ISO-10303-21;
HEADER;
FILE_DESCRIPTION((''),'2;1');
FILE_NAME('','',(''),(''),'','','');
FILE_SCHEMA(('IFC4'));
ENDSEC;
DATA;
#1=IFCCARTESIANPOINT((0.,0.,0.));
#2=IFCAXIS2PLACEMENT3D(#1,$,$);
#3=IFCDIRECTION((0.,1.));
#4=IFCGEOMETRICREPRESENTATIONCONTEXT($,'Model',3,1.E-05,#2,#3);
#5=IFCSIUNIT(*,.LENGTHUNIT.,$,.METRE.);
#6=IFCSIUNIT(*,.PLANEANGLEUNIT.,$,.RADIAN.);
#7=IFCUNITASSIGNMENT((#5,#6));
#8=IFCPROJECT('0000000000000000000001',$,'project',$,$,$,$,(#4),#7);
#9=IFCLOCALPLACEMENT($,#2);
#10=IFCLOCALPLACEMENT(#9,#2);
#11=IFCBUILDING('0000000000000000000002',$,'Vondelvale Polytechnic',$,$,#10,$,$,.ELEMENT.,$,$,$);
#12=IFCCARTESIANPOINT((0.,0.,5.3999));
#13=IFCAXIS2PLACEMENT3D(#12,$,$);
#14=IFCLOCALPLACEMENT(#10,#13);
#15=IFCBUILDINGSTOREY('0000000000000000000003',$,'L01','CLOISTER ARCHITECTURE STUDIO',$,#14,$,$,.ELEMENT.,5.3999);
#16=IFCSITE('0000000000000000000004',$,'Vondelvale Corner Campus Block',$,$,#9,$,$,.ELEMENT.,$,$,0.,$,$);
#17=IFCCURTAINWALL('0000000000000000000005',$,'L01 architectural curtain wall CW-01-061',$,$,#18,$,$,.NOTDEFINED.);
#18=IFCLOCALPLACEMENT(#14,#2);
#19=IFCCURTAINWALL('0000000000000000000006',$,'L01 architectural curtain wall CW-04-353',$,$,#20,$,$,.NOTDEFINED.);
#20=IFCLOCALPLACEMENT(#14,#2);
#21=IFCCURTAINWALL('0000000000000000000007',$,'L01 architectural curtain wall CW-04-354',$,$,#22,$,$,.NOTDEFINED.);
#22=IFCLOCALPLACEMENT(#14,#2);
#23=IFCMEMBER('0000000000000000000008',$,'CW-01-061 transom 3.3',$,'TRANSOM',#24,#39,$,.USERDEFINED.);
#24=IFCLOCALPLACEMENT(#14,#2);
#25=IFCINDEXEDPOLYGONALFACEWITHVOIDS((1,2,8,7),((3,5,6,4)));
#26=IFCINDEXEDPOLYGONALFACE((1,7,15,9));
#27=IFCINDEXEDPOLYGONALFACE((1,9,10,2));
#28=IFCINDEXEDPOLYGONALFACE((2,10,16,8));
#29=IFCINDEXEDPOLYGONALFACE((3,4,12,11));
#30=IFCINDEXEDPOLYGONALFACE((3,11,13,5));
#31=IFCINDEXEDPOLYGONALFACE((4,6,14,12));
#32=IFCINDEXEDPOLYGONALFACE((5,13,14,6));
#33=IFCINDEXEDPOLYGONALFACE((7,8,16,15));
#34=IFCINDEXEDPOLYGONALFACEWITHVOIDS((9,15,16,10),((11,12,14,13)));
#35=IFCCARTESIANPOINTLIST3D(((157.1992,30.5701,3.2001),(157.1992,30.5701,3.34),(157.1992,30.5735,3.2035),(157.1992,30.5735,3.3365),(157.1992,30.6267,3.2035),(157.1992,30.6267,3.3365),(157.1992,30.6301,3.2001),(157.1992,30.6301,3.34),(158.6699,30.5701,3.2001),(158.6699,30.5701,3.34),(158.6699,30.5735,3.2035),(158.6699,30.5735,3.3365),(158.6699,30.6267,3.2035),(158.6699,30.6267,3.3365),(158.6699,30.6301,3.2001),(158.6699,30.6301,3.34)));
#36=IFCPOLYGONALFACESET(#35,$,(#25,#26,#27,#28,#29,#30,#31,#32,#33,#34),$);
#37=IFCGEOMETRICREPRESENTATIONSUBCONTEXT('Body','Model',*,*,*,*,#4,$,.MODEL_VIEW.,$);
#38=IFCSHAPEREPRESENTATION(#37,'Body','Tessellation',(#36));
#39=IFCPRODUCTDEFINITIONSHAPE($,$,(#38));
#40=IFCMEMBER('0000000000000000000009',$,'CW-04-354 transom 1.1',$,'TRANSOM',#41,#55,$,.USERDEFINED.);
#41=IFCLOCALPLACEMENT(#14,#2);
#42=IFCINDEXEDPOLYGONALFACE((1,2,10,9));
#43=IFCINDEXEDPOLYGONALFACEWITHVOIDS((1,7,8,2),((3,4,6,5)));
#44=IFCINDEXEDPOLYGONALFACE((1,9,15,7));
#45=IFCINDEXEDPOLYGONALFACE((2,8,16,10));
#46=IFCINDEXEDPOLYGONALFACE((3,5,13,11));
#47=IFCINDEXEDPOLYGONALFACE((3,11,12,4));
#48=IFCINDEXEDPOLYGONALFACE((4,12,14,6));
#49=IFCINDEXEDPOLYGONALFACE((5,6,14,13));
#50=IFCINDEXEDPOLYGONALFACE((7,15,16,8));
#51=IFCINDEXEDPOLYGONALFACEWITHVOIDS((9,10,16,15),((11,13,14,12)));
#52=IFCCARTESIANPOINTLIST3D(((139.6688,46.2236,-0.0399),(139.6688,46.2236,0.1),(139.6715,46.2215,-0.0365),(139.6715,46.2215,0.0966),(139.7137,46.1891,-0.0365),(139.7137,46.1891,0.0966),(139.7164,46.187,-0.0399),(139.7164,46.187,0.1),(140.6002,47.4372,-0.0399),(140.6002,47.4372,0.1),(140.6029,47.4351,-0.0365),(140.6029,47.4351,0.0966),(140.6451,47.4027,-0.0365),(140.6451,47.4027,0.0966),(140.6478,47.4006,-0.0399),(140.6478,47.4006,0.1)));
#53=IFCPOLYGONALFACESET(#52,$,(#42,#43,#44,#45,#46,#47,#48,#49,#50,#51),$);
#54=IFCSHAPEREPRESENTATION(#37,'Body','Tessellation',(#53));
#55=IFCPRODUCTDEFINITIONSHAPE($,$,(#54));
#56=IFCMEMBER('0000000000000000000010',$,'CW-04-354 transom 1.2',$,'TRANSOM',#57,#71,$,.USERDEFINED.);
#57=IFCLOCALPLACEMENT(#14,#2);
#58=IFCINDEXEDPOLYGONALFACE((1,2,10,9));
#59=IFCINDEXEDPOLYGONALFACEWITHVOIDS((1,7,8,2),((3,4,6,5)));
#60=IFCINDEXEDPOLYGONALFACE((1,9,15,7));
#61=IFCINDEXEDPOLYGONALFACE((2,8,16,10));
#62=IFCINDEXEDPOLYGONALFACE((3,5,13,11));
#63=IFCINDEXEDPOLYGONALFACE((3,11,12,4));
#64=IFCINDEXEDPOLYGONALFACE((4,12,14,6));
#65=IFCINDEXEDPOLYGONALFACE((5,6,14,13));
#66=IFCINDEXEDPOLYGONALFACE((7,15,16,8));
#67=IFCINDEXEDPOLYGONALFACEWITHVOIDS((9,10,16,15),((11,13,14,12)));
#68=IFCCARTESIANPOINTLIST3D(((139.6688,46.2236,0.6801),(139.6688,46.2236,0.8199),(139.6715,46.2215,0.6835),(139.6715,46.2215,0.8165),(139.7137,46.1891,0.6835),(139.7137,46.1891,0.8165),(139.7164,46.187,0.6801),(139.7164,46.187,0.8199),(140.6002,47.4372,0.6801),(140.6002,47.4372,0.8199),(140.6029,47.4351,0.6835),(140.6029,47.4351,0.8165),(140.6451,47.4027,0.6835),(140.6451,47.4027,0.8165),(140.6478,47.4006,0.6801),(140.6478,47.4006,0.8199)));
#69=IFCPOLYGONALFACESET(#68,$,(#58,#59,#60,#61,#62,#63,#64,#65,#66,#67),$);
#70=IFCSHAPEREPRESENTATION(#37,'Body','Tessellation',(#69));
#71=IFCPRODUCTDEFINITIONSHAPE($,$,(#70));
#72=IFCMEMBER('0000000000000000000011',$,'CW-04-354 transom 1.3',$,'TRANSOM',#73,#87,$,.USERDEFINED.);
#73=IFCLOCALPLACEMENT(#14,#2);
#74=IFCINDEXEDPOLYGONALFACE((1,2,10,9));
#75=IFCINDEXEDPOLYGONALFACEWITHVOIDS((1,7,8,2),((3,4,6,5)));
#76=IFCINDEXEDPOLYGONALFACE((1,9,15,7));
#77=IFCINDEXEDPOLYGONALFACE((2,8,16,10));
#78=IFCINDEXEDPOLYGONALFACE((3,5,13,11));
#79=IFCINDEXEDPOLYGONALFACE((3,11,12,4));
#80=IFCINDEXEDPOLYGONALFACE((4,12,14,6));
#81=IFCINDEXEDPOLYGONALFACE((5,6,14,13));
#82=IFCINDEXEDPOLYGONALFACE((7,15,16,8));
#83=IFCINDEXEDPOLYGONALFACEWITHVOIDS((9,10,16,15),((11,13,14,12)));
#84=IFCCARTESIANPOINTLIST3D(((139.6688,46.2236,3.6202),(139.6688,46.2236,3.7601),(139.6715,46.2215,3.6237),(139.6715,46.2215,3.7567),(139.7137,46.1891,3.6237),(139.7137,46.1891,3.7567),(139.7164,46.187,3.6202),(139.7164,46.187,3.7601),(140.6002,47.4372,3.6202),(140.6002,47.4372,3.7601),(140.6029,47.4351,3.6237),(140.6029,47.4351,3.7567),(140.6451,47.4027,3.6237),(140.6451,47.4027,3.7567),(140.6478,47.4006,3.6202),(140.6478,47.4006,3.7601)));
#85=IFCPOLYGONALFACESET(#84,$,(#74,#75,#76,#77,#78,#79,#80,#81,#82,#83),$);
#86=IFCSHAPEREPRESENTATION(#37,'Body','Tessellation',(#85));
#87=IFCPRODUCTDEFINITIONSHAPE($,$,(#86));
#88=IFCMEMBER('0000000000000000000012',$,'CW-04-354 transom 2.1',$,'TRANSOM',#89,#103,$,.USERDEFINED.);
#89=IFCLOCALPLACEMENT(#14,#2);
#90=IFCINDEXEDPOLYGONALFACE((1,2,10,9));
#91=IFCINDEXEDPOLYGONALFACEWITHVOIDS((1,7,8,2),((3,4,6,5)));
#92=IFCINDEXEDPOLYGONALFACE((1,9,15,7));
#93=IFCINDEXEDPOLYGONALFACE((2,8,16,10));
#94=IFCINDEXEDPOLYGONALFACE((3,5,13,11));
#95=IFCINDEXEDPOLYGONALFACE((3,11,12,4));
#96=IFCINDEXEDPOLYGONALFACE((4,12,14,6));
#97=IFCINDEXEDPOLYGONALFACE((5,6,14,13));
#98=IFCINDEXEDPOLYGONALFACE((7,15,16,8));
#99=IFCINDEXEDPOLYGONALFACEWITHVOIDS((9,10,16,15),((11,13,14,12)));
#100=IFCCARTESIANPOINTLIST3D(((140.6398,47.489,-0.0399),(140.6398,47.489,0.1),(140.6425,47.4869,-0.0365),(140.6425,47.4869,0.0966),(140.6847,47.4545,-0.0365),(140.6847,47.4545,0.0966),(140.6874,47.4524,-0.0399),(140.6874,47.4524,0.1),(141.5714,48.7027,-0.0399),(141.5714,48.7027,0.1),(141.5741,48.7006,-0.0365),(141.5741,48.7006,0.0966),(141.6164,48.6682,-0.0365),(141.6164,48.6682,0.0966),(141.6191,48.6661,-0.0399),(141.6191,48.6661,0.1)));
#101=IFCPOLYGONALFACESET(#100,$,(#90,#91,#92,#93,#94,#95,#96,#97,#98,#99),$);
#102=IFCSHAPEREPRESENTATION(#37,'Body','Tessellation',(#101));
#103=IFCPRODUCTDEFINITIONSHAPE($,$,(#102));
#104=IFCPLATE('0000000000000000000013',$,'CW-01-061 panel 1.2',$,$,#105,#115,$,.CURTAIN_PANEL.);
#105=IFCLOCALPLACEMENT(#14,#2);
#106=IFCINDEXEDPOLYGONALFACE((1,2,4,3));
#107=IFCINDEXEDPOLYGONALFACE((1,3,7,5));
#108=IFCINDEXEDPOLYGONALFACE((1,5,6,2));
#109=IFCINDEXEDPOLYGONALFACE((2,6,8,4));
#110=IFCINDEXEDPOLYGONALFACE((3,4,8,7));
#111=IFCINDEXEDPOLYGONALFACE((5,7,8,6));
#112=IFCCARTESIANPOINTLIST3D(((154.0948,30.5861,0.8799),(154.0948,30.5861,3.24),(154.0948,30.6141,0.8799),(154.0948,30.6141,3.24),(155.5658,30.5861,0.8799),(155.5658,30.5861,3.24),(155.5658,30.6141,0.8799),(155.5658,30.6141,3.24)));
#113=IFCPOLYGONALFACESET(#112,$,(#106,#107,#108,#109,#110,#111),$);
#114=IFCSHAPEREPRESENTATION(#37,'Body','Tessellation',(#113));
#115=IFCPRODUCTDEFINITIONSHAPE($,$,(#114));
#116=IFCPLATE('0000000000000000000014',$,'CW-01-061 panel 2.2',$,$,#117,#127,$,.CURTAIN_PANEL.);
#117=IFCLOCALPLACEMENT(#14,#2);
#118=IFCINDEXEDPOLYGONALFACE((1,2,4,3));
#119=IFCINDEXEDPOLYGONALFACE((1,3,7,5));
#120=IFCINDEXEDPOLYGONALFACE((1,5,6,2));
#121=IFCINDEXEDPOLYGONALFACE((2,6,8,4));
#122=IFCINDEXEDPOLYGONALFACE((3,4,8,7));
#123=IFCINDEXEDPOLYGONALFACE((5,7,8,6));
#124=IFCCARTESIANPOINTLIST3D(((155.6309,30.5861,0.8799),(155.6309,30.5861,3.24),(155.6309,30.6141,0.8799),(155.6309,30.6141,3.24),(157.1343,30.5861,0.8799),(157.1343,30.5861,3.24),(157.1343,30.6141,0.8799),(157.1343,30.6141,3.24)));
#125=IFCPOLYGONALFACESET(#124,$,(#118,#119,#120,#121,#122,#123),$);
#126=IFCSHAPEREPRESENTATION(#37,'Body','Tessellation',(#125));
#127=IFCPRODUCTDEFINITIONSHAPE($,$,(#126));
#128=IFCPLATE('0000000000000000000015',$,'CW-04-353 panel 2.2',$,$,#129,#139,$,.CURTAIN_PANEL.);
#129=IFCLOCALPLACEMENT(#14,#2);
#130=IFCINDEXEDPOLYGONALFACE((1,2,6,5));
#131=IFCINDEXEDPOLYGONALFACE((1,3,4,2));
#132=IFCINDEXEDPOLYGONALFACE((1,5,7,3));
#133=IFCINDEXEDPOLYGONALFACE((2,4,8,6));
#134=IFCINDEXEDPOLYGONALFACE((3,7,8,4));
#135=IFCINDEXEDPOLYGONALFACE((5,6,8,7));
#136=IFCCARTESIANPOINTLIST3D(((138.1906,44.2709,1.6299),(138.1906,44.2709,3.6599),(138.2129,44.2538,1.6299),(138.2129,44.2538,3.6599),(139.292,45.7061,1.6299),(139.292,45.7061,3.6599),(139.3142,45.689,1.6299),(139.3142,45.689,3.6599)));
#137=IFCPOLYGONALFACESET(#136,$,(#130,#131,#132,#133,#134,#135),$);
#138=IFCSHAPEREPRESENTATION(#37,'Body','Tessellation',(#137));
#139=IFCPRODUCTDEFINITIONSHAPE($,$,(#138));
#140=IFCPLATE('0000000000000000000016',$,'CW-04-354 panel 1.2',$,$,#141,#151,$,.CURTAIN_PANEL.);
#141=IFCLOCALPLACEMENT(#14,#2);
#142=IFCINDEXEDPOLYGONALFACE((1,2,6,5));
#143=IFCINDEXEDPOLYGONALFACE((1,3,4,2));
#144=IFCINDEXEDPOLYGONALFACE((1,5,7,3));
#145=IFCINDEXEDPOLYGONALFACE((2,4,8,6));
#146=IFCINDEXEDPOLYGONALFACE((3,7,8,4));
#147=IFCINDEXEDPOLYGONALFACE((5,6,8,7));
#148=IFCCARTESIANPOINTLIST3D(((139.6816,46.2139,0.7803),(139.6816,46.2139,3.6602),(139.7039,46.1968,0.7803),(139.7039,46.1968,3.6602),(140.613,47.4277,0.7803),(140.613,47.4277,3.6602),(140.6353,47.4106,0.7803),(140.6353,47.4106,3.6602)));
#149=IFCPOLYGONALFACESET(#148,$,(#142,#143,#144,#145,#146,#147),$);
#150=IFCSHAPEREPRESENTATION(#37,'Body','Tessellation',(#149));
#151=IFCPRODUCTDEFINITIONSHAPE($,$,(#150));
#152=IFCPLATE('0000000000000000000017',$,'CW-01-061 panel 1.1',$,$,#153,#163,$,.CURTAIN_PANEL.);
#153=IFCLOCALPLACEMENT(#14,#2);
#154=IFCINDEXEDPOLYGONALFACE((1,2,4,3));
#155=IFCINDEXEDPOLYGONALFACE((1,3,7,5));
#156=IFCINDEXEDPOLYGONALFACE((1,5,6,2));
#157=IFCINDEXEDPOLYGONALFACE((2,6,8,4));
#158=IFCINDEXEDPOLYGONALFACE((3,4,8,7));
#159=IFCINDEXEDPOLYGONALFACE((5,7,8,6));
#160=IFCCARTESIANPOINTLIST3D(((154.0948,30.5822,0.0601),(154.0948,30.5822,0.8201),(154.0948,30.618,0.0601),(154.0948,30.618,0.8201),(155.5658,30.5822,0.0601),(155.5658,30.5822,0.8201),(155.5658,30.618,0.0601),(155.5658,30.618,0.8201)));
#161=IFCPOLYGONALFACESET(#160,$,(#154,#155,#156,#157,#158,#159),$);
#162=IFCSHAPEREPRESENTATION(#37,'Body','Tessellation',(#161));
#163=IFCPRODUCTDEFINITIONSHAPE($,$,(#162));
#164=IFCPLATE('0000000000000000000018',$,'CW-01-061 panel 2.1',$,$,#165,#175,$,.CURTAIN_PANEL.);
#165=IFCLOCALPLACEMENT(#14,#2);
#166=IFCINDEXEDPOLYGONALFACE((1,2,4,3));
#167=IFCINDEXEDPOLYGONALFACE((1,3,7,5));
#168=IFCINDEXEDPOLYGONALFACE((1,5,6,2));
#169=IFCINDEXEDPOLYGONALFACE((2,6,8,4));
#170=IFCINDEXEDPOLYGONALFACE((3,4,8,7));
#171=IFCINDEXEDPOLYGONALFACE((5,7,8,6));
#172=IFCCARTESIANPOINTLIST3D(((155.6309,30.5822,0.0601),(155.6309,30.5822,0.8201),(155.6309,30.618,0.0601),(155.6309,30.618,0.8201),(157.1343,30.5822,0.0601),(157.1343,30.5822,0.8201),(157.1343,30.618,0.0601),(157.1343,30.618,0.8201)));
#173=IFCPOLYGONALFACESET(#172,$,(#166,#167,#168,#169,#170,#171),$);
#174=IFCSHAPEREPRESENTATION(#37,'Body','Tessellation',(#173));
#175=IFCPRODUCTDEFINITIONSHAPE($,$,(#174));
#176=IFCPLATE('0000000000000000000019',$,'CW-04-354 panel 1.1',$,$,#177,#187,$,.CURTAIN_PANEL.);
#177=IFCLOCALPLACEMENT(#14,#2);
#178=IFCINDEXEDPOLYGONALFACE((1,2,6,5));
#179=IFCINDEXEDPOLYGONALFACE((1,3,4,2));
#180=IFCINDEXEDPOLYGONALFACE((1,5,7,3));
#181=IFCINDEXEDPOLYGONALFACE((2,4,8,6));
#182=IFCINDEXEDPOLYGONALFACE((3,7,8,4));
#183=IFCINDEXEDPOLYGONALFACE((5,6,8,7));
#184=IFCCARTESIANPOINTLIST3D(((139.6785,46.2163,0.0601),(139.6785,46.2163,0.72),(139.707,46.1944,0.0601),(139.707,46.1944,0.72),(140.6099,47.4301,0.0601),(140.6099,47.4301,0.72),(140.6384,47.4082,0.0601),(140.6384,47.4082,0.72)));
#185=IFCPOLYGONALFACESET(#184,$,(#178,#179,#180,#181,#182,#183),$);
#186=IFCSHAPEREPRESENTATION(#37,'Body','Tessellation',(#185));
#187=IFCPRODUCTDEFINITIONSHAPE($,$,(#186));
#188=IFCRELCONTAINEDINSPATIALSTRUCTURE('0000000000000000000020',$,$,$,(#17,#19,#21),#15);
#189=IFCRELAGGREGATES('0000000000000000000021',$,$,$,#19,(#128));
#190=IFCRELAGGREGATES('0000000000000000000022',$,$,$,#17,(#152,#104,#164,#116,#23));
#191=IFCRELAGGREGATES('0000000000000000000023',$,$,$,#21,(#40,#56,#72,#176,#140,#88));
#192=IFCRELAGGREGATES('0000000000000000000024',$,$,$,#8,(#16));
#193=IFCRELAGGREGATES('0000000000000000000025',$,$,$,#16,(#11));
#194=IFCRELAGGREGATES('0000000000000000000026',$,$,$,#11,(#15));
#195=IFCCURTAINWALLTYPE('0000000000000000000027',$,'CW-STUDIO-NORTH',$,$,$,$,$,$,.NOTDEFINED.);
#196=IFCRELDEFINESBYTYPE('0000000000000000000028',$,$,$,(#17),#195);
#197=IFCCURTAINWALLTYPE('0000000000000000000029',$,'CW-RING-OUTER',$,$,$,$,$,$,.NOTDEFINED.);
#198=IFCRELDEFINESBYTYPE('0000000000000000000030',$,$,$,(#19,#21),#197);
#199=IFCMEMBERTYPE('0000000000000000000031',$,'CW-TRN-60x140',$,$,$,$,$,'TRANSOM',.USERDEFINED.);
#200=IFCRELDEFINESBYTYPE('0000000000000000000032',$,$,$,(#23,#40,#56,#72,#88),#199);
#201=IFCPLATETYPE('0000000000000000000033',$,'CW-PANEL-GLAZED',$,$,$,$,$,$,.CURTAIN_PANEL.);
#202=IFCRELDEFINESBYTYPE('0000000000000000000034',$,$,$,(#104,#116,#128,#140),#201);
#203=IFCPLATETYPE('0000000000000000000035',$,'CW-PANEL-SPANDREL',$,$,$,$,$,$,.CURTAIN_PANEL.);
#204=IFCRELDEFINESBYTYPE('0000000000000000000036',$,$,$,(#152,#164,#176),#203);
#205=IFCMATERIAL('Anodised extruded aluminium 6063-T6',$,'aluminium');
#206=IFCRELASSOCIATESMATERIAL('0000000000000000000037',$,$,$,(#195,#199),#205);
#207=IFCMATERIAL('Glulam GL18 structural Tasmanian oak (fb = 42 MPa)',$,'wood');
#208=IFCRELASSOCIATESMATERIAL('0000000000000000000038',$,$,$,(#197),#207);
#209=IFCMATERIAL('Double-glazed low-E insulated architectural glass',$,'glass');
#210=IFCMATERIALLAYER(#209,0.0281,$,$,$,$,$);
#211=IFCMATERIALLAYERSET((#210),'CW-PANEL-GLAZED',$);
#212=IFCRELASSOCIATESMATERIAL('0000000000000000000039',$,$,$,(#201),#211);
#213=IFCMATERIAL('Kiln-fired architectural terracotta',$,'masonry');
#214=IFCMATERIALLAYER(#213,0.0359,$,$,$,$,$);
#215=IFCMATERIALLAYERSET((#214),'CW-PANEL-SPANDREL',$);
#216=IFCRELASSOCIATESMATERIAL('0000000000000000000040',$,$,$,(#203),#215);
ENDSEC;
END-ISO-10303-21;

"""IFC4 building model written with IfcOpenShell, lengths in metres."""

from ifc_helpers import new_model, si_unit, direction, frame, origin, origin_2d, place, context, subcontext, project, spatial, rectangle, hollow_rectangle, extrude, material, layer, layer_set, material_profile, profile_set, type_object, element, aggregate, save


model = new_model("IFC4")

# Units and contexts
model_context = context("Model", 3, precision=1e-05, world=origin(), true_north=direction((0.0, 1.0)))
body_context = subcontext(model_context, "Body", "Model", "MODEL_VIEW")
ifc_project = project(units=[si_unit("LENGTHUNIT", "METRE"), si_unit("PLANEANGLEUNIT", "RADIAN")], contexts=[model_context])

# Site, building, storey
site_placement = place(None, origin())
site = spatial("IfcSite", under=ifc_project, at=site_placement, Name="Vondelvale Corner Campus Block", CompositionType="ELEMENT", RefElevation=0.0)
building_placement = place(site_placement, origin())
building = spatial("IfcBuilding", under=site, at=building_placement, Name="Vondelvale Polytechnic", CompositionType="ELEMENT")
storey_placement = place(building_placement, frame((0.0, 0.0, 5.3999)))
storey = spatial("IfcBuildingStorey", under=building, at=storey_placement, Name="L01", Description="CLOISTER ARCHITECTURE STUDIO", CompositionType="ELEMENT", Elevation=5.3999)

# Shared definitions
ifc_material_1 = material(Name="Glulam GL18 structural Tasmanian oak (fb = 42 MPa)", Category="wood")

# Curtain wall
ifc_material_2 = material(Name="Anodised extruded aluminium 6063-T6", Category="aluminium")
curtain_wall_type_1 = type_object("IfcCurtainWallType", Name="CW-STUDIO-NORTH", PredefinedType="NOTDEFINED", material=ifc_material_2)
curtain_wall_1_placement = place(storey_placement, origin())
curtain_wall_1 = element("IfcCurtainWall", 1, at=curtain_wall_1_placement, inside=storey, type_object=curtain_wall_type_1, Name="L01 architectural curtain wall CW-01-061", PredefinedType="NOTDEFINED")

# Curtain wall
curtain_wall_type_2 = type_object("IfcCurtainWallType", Name="CW-RING-OUTER", PredefinedType="NOTDEFINED", material=ifc_material_1)
curtain_wall_2_placement = place(storey_placement, origin())
curtain_wall_2 = element("IfcCurtainWall", 2, at=curtain_wall_2_placement, inside=storey, type_object=curtain_wall_type_2, Name="L01 architectural curtain wall CW-04-353", PredefinedType="NOTDEFINED")

# Curtain wall
curtain_wall_3_placement = place(storey_placement, origin())
curtain_wall_3 = element("IfcCurtainWall", 3, at=curtain_wall_3_placement, inside=storey, type_object=curtain_wall_type_2, Name="L01 architectural curtain wall CW-04-354", PredefinedType="NOTDEFINED")

# Members
ifc_material_profile_1 = material_profile(ifc_material_2, hollow_rectangle(XDim=0.0601, YDim=0.1399, WallThickness=0.0034, at=origin_2d()), Name="CW-TRN-140x60")
ifc_profile_set_1 = profile_set([ifc_material_profile_1], Name="Anodised extruded aluminium 6063-T6")
member_type_1 = type_object("IfcMemberType", Name="CW-TRN-60x140", ElementType="TRANSOM", PredefinedType="USERDEFINED", material=ifc_profile_set_1)
member_1_placement = place(storey_placement, frame((157.1992, 30.6001, 3.27), z_axis=(1.0, 0.0, 0.0), x_axis=(0.0, 1.0, 0.0)))
member_1 = element("IfcMember", 4, at=member_1_placement, type_object=member_type_1, Name="CW-01-061 transom 3.3", ObjectType="TRANSOM", PredefinedType="USERDEFINED", context=body_context, shape_type="SweptSolid", body=[
    extrude(hollow_rectangle(XDim=0.0601, YDim=0.1399, WallThickness=0.0034, at=origin_2d()), origin(), (0.0, 0.0, 1.0), 1.4707),
])
member_2_placement = place(storey_placement, frame((139.6926, 46.2053, 0.03), z_axis=(0.608823, 0.793306, 0.0), x_axis=(-0.793306, 0.608823, 0.0)))
member_2 = element("IfcMember", 5, at=member_2_placement, type_object=member_type_1, Name="CW-04-354 transom 1.1", ObjectType="TRANSOM", PredefinedType="USERDEFINED", context=body_context, shape_type="SweptSolid", body=[
    extrude(hollow_rectangle(XDim=0.0601, YDim=0.1399, WallThickness=0.0034, at=origin_2d()), origin(), (0.0, 0.0, 1.0), 1.5298),
])
member_3_placement = place(storey_placement, frame((139.6926, 46.2053, 0.75), z_axis=(0.608823, 0.793306, 0.0), x_axis=(-0.793306, 0.608823, 0.0)))
member_3 = element("IfcMember", 6, at=member_3_placement, type_object=member_type_1, Name="CW-04-354 transom 1.2", ObjectType="TRANSOM", PredefinedType="USERDEFINED", context=body_context, shape_type="SweptSolid", body=[
    extrude(hollow_rectangle(XDim=0.0601, YDim=0.1399, WallThickness=0.0034, at=origin_2d()), origin(), (0.0, 0.0, 1.0), 1.5298),
])
member_4_placement = place(storey_placement, frame((139.6926, 46.2053, 3.6902), z_axis=(0.608823, 0.793306, 0.0), x_axis=(-0.793306, 0.608823, 0.0)))
member_4 = element("IfcMember", 7, at=member_4_placement, type_object=member_type_1, Name="CW-04-354 transom 1.3", ObjectType="TRANSOM", PredefinedType="USERDEFINED", context=body_context, shape_type="SweptSolid", body=[
    extrude(hollow_rectangle(XDim=0.0601, YDim=0.1399, WallThickness=0.0034, at=origin_2d()), origin(), (0.0, 0.0, 1.0), 1.5298),
])
member_5_placement = place(storey_placement, frame((140.6636, 47.4707, 0.03), z_axis=(0.608924, 0.793229, 0.0), x_axis=(-0.793229, 0.608924, 0.0)))
member_5 = element("IfcMember", 8, at=member_5_placement, type_object=member_type_1, Name="CW-04-354 transom 2.1", ObjectType="TRANSOM", PredefinedType="USERDEFINED", context=body_context, shape_type="SweptSolid", body=[
    extrude(hollow_rectangle(XDim=0.0601, YDim=0.1399, WallThickness=0.0034, at=origin_2d()), origin(), (0.0, 0.0, 1.0), 1.53),
])

# Plates
ifc_material_3 = material(Name="Double-glazed low-E insulated architectural glass", Category="glass")
ifc_layer_1 = layer(ifc_material_3, 0.0281)
ifc_layer_set_1 = layer_set([ifc_layer_1], Name="CW-PANEL-GLAZED")
plate_type_1 = type_object("IfcPlateType", Name="CW-PANEL-GLAZED", PredefinedType="CURTAIN_PANEL", material=ifc_layer_set_1)
plate_1_placement = place(storey_placement, frame((154.8303, 30.6001, 0.8799), z_axis=(0.0, 0.0, 1.0), x_axis=(1.0, 0.0, 0.0)))
plate_1 = element("IfcPlate", 9, at=plate_1_placement, type_object=plate_type_1, Name="CW-01-061 panel 1.2", PredefinedType="CURTAIN_PANEL", context=body_context, shape_type="SweptSolid", body=[
    extrude(rectangle(XDim=1.4709, YDim=0.0281, at=origin_2d()), origin(), (0.0, 0.0, 1.0), 2.3601),
])
plate_2_placement = place(storey_placement, frame((156.3826, 30.6001, 0.8799), z_axis=(0.0, 0.0, 1.0), x_axis=(1.0, 0.0, 0.0)))
plate_2 = element("IfcPlate", 10, at=plate_2_placement, type_object=plate_type_1, Name="CW-01-061 panel 2.2", PredefinedType="CURTAIN_PANEL", context=body_context, shape_type="SweptSolid", body=[
    extrude(rectangle(XDim=1.5034, YDim=0.0281, at=origin_2d()), origin(), (0.0, 0.0, 1.0), 2.3601),
])
plate_3_placement = place(storey_placement, frame((138.7524, 44.98, 1.6299), z_axis=(0.0, 0.0, 1.0), x_axis=(0.608771, 0.793346, 0.0)))
plate_3 = element("IfcPlate", 11, at=plate_3_placement, type_object=plate_type_1, Name="CW-04-353 panel 2.2", PredefinedType="CURTAIN_PANEL", context=body_context, shape_type="SweptSolid", body=[
    extrude(rectangle(XDim=1.8091, YDim=0.0281, at=origin_2d()), origin(), (0.0, 0.0, 1.0), 2.03),
])
aggregate(curtain_wall_2, [plate_3])
plate_4_placement = place(storey_placement, frame((140.1584, 46.8123, 0.7803), z_axis=(0.0, 0.0, 1.0), x_axis=(0.608787, 0.793334, 0.0)))
plate_4 = element("IfcPlate", 12, at=plate_4_placement, type_object=plate_type_1, Name="CW-04-354 panel 1.2", PredefinedType="CURTAIN_PANEL", context=body_context, shape_type="SweptSolid", body=[
    extrude(rectangle(XDim=1.53, YDim=0.0281, at=origin_2d()), origin(), (0.0, 0.0, 1.0), 2.8799),
])
ifc_material_4 = material(Name="Kiln-fired architectural terracotta", Category="masonry")
ifc_layer_2 = layer(ifc_material_4, 0.0359)
ifc_layer_set_2 = layer_set([ifc_layer_2], Name="CW-PANEL-SPANDREL")
plate_type_2 = type_object("IfcPlateType", Name="CW-PANEL-SPANDREL", PredefinedType="CURTAIN_PANEL", material=ifc_layer_set_2)
plate_5_placement = place(storey_placement, frame((154.8303, 30.6001, 0.0601), z_axis=(0.0, 0.0, 1.0), x_axis=(1.0, 0.0, 0.0)))
plate_5 = element("IfcPlate", 13, at=plate_5_placement, type_object=plate_type_2, Name="CW-01-061 panel 1.1", PredefinedType="CURTAIN_PANEL", context=body_context, shape_type="SweptSolid", body=[
    extrude(rectangle(XDim=1.4709, YDim=0.0359, at=origin_2d()), origin(), (0.0, 0.0, 1.0), 0.76),
])
plate_6_placement = place(storey_placement, frame((156.3826, 30.6001, 0.0601), z_axis=(0.0, 0.0, 1.0), x_axis=(1.0, 0.0, 0.0)))
plate_6 = element("IfcPlate", 14, at=plate_6_placement, type_object=plate_type_2, Name="CW-01-061 panel 2.1", PredefinedType="CURTAIN_PANEL", context=body_context, shape_type="SweptSolid", body=[
    extrude(rectangle(XDim=1.5034, YDim=0.0359, at=origin_2d()), origin(), (0.0, 0.0, 1.0), 0.76),
])
aggregate(curtain_wall_1, [plate_5, plate_1, plate_6, plate_2, member_1])
plate_7_placement = place(storey_placement, frame((140.1584, 46.8123, 0.0601), z_axis=(0.0, 0.0, 1.0), x_axis=(0.608787, 0.793334, 0.0)))
plate_7 = element("IfcPlate", 15, at=plate_7_placement, type_object=plate_type_2, Name="CW-04-354 panel 1.1", PredefinedType="CURTAIN_PANEL", context=body_context, shape_type="SweptSolid", body=[
    extrude(rectangle(XDim=1.53, YDim=0.0359, at=origin_2d()), origin(), (0.0, 0.0, 1.0), 0.6599),
])
aggregate(curtain_wall_3, [member_2, member_3, member_4, plate_7, plate_4, member_5])

save(model, "model.ifc")
